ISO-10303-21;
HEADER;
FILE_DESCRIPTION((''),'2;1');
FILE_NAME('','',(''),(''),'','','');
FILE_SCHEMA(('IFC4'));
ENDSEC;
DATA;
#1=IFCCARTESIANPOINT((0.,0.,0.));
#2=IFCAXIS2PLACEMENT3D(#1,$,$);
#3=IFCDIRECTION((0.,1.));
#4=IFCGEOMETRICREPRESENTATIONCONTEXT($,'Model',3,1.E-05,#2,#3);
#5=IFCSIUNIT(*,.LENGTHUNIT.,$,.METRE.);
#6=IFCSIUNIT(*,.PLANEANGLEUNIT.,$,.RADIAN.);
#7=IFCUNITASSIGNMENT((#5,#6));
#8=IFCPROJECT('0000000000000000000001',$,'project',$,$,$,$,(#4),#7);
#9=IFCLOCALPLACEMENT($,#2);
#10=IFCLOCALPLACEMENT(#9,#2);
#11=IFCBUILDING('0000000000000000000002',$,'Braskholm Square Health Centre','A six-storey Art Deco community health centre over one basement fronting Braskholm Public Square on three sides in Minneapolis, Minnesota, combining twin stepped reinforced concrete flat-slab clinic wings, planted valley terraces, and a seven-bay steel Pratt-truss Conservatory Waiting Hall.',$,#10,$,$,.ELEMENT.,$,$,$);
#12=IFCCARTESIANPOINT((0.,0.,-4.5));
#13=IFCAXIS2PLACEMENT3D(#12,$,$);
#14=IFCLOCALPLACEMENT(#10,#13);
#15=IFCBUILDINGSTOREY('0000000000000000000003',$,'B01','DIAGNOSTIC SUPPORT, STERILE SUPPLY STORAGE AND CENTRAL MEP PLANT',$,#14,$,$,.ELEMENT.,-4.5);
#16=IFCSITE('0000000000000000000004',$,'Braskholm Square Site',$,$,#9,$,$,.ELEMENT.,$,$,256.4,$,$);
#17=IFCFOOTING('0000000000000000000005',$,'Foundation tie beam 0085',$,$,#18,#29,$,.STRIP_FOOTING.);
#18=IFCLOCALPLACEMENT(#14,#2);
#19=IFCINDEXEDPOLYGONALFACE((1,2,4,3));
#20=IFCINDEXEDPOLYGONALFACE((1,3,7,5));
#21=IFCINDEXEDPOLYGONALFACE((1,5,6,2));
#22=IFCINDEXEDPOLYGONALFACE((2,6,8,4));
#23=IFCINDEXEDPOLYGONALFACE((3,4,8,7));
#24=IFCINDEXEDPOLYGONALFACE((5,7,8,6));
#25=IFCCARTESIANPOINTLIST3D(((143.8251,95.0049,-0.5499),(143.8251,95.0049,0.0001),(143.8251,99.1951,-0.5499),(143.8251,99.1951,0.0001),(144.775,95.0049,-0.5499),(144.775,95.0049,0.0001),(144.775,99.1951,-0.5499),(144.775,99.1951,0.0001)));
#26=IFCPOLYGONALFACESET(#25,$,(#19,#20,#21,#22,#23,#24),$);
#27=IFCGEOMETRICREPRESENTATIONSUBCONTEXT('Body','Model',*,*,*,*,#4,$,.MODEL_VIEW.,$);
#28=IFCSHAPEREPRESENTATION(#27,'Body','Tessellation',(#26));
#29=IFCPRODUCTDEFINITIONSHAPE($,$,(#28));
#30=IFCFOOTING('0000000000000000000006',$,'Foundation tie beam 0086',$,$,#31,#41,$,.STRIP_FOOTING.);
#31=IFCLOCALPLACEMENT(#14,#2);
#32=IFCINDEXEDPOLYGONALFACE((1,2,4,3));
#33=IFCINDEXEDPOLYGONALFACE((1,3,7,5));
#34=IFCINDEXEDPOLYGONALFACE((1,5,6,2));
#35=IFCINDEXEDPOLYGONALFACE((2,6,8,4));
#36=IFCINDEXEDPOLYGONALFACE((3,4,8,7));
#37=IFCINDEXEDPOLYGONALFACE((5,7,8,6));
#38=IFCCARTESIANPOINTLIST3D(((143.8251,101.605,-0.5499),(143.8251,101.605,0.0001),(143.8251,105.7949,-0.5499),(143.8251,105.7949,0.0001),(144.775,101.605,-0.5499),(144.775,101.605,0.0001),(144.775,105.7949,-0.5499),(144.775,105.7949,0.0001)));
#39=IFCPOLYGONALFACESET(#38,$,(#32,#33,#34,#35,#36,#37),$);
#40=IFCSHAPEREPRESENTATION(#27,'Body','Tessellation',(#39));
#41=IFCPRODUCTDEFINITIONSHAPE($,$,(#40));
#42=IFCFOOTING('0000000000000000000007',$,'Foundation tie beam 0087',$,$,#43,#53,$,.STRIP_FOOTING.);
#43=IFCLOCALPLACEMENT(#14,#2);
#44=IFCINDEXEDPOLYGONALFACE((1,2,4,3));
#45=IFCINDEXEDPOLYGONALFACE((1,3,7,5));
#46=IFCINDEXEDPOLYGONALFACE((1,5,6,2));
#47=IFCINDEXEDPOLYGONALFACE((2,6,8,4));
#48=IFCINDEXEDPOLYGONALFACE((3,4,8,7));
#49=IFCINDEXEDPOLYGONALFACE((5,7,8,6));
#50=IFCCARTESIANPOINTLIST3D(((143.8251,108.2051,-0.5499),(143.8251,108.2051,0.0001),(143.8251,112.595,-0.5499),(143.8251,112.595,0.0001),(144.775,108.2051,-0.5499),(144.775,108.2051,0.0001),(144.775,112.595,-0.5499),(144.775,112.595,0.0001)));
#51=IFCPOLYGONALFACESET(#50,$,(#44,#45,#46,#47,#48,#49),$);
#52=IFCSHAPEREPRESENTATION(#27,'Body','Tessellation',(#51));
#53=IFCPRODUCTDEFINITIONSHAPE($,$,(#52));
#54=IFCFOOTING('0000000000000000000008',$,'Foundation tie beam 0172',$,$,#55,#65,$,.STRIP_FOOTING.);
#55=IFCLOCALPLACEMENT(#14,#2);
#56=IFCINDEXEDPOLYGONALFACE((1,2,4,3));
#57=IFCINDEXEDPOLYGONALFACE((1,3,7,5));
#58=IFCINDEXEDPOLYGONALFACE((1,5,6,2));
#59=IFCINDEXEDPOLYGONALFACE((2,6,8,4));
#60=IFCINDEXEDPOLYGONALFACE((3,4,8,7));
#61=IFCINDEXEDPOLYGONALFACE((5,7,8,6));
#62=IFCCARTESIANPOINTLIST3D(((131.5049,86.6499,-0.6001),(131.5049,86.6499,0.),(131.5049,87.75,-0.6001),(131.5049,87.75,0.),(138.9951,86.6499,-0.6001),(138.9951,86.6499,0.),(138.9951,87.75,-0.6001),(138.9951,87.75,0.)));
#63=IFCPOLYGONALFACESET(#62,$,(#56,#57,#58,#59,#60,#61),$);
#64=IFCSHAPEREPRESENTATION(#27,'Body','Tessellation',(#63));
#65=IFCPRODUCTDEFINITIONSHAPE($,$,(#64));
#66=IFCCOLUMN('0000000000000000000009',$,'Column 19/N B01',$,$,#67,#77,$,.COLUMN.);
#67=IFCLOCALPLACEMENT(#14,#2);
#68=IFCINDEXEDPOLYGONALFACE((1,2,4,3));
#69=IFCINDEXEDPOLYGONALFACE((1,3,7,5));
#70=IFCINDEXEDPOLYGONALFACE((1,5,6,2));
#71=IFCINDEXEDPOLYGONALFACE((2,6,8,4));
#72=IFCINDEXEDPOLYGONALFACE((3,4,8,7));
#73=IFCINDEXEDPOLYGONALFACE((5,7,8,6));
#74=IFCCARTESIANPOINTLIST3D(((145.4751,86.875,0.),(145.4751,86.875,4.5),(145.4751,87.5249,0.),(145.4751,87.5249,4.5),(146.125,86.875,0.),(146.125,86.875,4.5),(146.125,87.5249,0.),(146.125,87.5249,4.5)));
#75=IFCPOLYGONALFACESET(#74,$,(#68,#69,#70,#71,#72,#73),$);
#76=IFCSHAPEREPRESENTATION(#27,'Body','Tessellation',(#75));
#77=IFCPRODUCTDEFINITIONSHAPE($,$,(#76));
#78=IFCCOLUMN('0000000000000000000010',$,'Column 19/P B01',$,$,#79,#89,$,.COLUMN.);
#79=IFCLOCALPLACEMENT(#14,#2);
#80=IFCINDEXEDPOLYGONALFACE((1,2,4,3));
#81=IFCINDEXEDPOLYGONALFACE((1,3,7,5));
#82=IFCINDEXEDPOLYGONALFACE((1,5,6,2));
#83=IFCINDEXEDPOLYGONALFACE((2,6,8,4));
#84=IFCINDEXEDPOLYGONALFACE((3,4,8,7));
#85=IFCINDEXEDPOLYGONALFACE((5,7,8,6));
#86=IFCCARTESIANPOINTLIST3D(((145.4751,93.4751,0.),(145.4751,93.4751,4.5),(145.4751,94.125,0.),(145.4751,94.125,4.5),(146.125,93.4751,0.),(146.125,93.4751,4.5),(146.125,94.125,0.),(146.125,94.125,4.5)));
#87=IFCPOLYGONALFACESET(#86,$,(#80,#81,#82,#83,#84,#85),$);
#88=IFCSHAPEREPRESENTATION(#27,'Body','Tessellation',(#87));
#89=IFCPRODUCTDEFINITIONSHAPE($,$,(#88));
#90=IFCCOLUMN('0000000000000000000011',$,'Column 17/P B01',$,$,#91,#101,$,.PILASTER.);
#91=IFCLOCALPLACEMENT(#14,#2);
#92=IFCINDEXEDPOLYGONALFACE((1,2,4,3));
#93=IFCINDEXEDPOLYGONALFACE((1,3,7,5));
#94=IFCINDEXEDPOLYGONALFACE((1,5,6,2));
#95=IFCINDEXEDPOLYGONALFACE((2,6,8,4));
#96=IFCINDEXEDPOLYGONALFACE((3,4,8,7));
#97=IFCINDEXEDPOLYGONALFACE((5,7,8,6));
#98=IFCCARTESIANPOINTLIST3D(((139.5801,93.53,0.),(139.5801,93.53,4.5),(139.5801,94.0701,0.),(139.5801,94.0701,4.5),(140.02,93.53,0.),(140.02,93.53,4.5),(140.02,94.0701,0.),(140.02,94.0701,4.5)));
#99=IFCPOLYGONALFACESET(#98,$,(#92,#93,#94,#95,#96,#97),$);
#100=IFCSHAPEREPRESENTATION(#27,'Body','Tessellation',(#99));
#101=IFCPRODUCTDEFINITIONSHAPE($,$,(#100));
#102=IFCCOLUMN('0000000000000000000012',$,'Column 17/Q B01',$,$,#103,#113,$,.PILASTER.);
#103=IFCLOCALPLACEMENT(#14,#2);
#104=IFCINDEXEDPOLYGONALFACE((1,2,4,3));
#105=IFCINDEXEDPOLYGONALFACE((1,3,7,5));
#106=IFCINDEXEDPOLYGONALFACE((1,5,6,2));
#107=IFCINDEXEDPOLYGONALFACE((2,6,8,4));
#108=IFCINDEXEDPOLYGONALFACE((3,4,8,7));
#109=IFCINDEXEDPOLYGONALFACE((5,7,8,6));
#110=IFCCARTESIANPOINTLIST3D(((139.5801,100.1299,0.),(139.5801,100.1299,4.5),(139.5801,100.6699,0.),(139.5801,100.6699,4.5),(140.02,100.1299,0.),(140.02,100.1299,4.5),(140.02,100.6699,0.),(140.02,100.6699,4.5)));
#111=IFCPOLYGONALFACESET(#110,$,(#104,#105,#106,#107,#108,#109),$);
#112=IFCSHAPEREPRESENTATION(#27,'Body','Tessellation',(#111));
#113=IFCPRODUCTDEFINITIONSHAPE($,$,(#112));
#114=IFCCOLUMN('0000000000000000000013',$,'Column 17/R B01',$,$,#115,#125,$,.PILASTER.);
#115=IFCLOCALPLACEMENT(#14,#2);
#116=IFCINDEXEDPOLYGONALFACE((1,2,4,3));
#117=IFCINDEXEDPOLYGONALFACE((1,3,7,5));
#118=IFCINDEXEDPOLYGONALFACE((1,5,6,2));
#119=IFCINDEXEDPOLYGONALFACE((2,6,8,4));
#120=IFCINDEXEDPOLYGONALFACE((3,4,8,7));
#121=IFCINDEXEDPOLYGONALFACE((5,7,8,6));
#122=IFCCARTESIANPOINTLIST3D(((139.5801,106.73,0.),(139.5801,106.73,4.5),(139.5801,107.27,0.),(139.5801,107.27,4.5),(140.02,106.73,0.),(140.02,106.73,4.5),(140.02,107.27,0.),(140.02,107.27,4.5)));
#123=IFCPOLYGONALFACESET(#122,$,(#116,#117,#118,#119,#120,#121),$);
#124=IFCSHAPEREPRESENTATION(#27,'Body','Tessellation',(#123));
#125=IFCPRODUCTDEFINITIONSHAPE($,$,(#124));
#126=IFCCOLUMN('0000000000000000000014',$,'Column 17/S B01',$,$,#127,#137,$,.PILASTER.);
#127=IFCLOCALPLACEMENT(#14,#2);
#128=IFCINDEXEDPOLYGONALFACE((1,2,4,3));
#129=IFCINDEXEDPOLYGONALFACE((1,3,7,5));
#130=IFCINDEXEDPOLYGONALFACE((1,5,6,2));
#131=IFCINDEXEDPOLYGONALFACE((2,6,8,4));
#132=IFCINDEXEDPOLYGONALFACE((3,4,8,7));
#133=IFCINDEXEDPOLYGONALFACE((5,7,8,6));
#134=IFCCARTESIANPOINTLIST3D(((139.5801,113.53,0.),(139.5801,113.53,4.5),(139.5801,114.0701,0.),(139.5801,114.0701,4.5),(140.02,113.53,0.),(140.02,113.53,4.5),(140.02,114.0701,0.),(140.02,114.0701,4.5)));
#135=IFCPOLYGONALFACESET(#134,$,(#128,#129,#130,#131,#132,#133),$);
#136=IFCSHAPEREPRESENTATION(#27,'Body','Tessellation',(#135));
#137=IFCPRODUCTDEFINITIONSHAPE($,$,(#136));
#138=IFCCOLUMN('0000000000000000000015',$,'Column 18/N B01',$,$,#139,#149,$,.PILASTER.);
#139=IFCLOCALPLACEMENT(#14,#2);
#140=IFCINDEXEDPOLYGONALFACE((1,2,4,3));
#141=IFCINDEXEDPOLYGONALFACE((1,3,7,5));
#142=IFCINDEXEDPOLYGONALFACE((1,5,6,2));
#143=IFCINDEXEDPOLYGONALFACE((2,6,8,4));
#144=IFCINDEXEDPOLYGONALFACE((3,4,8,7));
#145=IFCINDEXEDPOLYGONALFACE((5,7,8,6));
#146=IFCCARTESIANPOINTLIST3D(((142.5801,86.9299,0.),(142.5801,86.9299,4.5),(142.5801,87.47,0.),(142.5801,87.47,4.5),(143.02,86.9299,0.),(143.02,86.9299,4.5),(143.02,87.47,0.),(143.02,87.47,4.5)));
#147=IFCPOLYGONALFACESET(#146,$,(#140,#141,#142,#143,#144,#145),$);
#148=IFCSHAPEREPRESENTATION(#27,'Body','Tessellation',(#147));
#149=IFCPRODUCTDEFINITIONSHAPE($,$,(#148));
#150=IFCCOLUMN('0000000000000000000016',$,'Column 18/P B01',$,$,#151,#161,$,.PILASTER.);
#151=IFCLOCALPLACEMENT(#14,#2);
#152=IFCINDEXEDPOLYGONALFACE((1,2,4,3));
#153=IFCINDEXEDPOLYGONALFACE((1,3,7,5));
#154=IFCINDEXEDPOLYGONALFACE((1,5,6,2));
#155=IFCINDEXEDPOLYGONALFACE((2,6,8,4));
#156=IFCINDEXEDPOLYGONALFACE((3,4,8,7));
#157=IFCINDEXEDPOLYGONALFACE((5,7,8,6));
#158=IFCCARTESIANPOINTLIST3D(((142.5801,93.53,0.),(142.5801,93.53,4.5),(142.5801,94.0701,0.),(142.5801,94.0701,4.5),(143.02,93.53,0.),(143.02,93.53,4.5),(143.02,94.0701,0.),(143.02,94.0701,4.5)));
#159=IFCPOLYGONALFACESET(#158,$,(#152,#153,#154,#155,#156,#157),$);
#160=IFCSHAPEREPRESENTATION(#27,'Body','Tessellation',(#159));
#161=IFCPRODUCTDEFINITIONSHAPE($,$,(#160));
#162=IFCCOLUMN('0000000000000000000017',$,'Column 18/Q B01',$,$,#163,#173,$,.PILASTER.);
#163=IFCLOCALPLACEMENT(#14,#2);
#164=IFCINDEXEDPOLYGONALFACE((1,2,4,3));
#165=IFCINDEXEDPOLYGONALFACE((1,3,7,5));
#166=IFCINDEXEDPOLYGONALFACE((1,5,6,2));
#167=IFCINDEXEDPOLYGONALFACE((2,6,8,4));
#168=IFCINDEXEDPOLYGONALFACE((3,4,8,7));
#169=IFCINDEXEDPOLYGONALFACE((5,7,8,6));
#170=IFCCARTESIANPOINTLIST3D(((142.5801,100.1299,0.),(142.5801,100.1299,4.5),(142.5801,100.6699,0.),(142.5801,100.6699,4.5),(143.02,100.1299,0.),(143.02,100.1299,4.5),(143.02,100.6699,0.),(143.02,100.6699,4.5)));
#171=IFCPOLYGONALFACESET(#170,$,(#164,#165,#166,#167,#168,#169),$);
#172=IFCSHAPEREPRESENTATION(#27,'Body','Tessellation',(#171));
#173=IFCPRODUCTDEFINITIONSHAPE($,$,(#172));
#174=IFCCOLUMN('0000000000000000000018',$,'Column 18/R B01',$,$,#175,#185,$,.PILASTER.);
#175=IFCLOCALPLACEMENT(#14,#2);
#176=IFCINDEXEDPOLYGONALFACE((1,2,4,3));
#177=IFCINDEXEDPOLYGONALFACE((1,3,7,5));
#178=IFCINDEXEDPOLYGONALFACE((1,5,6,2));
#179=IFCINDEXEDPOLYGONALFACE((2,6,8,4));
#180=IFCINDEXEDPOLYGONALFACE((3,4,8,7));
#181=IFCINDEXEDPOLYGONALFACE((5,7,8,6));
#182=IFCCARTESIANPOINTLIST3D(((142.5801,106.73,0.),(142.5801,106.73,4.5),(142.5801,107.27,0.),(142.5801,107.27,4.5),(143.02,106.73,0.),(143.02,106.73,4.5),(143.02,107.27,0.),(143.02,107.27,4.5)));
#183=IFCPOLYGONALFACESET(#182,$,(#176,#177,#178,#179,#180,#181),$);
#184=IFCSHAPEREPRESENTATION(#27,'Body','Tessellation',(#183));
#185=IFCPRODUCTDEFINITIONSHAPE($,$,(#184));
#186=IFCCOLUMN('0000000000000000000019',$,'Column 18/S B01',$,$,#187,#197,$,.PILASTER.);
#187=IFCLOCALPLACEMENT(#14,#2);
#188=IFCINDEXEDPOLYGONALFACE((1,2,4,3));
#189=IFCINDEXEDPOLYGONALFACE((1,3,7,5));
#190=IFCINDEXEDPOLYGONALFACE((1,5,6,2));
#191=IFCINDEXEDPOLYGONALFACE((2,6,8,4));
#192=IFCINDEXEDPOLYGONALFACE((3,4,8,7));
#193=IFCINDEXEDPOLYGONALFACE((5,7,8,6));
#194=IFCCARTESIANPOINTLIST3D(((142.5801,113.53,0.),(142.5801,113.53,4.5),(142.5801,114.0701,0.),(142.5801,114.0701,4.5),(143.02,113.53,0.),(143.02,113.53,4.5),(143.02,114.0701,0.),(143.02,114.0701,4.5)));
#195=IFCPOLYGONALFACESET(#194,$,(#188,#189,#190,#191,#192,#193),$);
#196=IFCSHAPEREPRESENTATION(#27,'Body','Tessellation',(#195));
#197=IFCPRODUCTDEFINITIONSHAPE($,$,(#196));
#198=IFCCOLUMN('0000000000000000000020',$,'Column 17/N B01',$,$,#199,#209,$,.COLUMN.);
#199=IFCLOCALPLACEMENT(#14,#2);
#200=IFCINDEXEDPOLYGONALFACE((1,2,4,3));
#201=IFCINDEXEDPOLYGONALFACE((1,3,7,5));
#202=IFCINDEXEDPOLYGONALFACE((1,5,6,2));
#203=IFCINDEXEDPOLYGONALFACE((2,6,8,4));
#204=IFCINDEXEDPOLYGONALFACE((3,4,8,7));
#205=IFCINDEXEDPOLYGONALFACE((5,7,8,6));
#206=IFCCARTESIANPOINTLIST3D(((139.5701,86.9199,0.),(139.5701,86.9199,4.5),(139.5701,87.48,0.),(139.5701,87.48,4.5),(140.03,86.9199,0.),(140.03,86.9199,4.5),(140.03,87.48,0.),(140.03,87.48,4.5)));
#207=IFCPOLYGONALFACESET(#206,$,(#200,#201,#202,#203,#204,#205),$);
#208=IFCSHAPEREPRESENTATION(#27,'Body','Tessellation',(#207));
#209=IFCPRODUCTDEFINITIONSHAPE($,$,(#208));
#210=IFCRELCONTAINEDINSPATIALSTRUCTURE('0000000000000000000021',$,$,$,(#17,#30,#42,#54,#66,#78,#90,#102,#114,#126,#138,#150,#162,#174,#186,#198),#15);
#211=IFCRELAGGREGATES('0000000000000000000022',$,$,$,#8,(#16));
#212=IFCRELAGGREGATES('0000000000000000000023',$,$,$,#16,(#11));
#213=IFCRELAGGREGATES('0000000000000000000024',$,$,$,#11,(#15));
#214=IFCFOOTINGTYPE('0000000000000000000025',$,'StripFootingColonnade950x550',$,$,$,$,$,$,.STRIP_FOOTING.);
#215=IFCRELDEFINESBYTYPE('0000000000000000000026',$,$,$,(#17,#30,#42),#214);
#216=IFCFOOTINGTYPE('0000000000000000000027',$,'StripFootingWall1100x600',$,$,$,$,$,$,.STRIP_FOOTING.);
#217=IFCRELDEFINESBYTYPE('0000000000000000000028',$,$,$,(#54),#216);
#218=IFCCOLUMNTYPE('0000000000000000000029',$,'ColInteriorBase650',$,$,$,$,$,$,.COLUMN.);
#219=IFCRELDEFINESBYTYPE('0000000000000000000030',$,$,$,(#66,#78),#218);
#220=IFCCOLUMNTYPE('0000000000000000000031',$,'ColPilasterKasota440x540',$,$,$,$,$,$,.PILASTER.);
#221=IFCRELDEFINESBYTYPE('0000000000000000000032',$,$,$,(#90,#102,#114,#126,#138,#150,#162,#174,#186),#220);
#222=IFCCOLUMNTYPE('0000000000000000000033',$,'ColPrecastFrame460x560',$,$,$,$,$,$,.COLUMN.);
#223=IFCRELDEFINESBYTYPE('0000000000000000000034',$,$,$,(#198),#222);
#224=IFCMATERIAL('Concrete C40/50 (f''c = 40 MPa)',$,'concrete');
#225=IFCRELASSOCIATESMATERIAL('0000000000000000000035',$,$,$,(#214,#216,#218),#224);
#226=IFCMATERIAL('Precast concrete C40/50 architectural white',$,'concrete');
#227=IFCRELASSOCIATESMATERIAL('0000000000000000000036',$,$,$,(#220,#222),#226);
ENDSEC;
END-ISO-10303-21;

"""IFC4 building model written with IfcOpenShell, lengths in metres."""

from ifc_helpers import new_model, si_unit, direction, frame, origin, origin_2d, place, context, subcontext, project, spatial, rectangle, extrude, material, material_profile, profile_set, type_object, element, save


model = new_model("IFC4")

# Units and contexts
model_context = context("Model", 3, precision=1e-05, world=origin(), true_north=direction((0.0, 1.0)))
body_context = subcontext(model_context, "Body", "Model", "MODEL_VIEW")
ifc_project = project(units=[si_unit("LENGTHUNIT", "METRE"), si_unit("PLANEANGLEUNIT", "RADIAN")], contexts=[model_context])

# Site, building, storey
site_placement = place(None, origin())
site = spatial("IfcSite", under=ifc_project, at=site_placement, Name="Braskholm Square Site", CompositionType="ELEMENT", RefElevation=256.4)
building_placement = place(site_placement, origin())
building = spatial("IfcBuilding", under=site, at=building_placement, Name="Braskholm Square Health Centre", Description="A six-storey Art Deco community health centre over one basement fronting Braskholm Public Square on three sides in Minneapolis, Minnesota, combining twin stepped reinforced concrete flat-slab clinic wings, planted valley terraces, and a seven-bay steel Pratt-truss Conservatory Waiting Hall.", CompositionType="ELEMENT")
storey_placement = place(building_placement, frame((0.0, 0.0, -4.5)))
storey = spatial("IfcBuildingStorey", under=building, at=storey_placement, Name="B01", Description="DIAGNOSTIC SUPPORT, STERILE SUPPLY STORAGE AND CENTRAL MEP PLANT", CompositionType="ELEMENT", Elevation=-4.5)

# Shared definitions
ifc_material_1 = material(Name="Concrete C40/50 (f'c = 40 MPa)", Category="concrete")

# Footings
ifc_material_profile_1 = material_profile(ifc_material_1, rectangle(XDim=0.95, YDim=0.55, at=origin_2d()), Name="FTG-950X550")
ifc_profile_set_1 = profile_set([ifc_material_profile_1], Name="Concrete C40/50 (f'c = 40 MPa)")
footing_type_1 = type_object("IfcFootingType", Name="StripFootingColonnade950x550", PredefinedType="STRIP_FOOTING", material=ifc_profile_set_1)
footing_1_placement = place(storey_placement, frame((144.3, 95.0049, -0.2749), z_axis=(0.0, 1.0, 0.0), x_axis=(-1.0, 0.0, 0.0)))
element("IfcFooting", 1, at=footing_1_placement, inside=storey, type_object=footing_type_1, Name="Foundation tie beam 0085", PredefinedType="STRIP_FOOTING", context=body_context, shape_type="SweptSolid", body=[
    extrude(rectangle(XDim=0.95, YDim=0.55, at=origin_2d()), origin(), (0.0, 0.0, 1.0), 4.1902),
])
footing_2_placement = place(storey_placement, frame((144.3, 101.605, -0.2749), z_axis=(0.0, 1.0, 0.0), x_axis=(-1.0, 0.0, 0.0)))
element("IfcFooting", 2, at=footing_2_placement, inside=storey, type_object=footing_type_1, Name="Foundation tie beam 0086", PredefinedType="STRIP_FOOTING", context=body_context, shape_type="SweptSolid", body=[
    extrude(rectangle(XDim=0.95, YDim=0.55, at=origin_2d()), origin(), (0.0, 0.0, 1.0), 4.1899),
])
footing_3_placement = place(storey_placement, frame((144.3, 108.2051, -0.2749), z_axis=(0.0, 1.0, 0.0), x_axis=(-1.0, 0.0, 0.0)))
element("IfcFooting", 3, at=footing_3_placement, inside=storey, type_object=footing_type_1, Name="Foundation tie beam 0087", PredefinedType="STRIP_FOOTING", context=body_context, shape_type="SweptSolid", body=[
    extrude(rectangle(XDim=0.95, YDim=0.55, at=origin_2d()), origin(), (0.0, 0.0, 1.0), 4.3899),
])
ifc_material_profile_2 = material_profile(ifc_material_1, rectangle(XDim=1.1001, YDim=0.6001, at=origin_2d()), Name="FTG-1100X600")
ifc_profile_set_2 = profile_set([ifc_material_profile_2], Name="Concrete C40/50 (f'c = 40 MPa)")
footing_type_2 = type_object("IfcFootingType", Name="StripFootingWall1100x600", PredefinedType="STRIP_FOOTING", material=ifc_profile_set_2)
footing_4_placement = place(storey_placement, frame((131.5049, 87.2, -0.3), z_axis=(1.0, 0.0, 0.0), x_axis=(0.0, 1.0, 0.0)))
element("IfcFooting", 4, at=footing_4_placement, inside=storey, type_object=footing_type_2, Name="Foundation tie beam 0172", PredefinedType="STRIP_FOOTING", context=body_context, shape_type="SweptSolid", body=[
    extrude(rectangle(XDim=1.1001, YDim=0.6001, at=origin_2d()), origin(), (0.0, 0.0, 1.0), 7.4902),
])

# Columns
ifc_material_profile_3 = material_profile(ifc_material_1, rectangle(XDim=0.6499, YDim=0.6499, at=origin_2d()), Name="RC-650X650")
ifc_profile_set_3 = profile_set([ifc_material_profile_3], Name="Concrete C40/50 (f'c = 40 MPa)")
column_type_1 = type_object("IfcColumnType", Name="ColInteriorBase650", PredefinedType="COLUMN", material=ifc_profile_set_3)
for number, where, z_axis, x_axis, name in (
    (5, (145.8, 87.2, 0.0), (0.0, 0.0, 1.0), (1.0, 0.0, 0.0), "Column 19/N B01"),
    (6, (145.8, 93.8, 0.0), (0.0, 0.0, 1.0), (1.0, 0.0, 0.0), "Column 19/P B01"),
):
    element("IfcColumn", number, at=place(storey_placement, frame(where, z_axis=z_axis, x_axis=x_axis)), inside=storey, type_object=column_type_1, Name=name, PredefinedType="COLUMN", context=body_context, shape_type="SweptSolid", body=[
        extrude(rectangle(XDim=0.6499, YDim=0.6499, at=origin_2d()), origin(), (0.0, 0.0, 1.0), 4.5),
    ])
ifc_material_2 = material(Name="Precast concrete C40/50 architectural white", Category="concrete")
ifc_material_profile_4 = material_profile(ifc_material_2, rectangle(XDim=0.4399, YDim=0.54, at=origin_2d()), Name="RC-440X540")
ifc_profile_set_4 = profile_set([ifc_material_profile_4], Name="Precast concrete C40/50 architectural white")
column_type_2 = type_object("IfcColumnType", Name="ColPilasterKasota440x540", PredefinedType="PILASTER", material=ifc_profile_set_4)
for number, where, z_axis, x_axis, name in (
    (7, (139.8, 93.8, 0.0), (0.0, 0.0, 1.0), (1.0, 0.0, 0.0), "Column 17/P B01"),
    (8, (139.8, 100.3999, 0.0), (0.0, 0.0, 1.0), (1.0, 0.0, 0.0), "Column 17/Q B01"),
    (9, (139.8, 107.0, 0.0), (0.0, 0.0, 1.0), (1.0, 0.0, 0.0), "Column 17/R B01"),
    (10, (139.8, 113.8, 0.0), (0.0, 0.0, 1.0), (1.0, 0.0, 0.0), "Column 17/S B01"),
    (11, (142.8, 87.2, 0.0), (0.0, 0.0, 1.0), (1.0, 0.0, 0.0), "Column 18/N B01"),
    (12, (142.8, 93.8, 0.0), (0.0, 0.0, 1.0), (1.0, 0.0, 0.0), "Column 18/P B01"),
    (13, (142.8, 100.3999, 0.0), (0.0, 0.0, 1.0), (1.0, 0.0, 0.0), "Column 18/Q B01"),
    (14, (142.8, 107.0, 0.0), (0.0, 0.0, 1.0), (1.0, 0.0, 0.0), "Column 18/R B01"),
    (15, (142.8, 113.8, 0.0), (0.0, 0.0, 1.0), (1.0, 0.0, 0.0), "Column 18/S B01"),
):
    element("IfcColumn", number, at=place(storey_placement, frame(where, z_axis=z_axis, x_axis=x_axis)), inside=storey, type_object=column_type_2, Name=name, PredefinedType="PILASTER", context=body_context, shape_type="SweptSolid", body=[
        extrude(rectangle(XDim=0.4399, YDim=0.54, at=origin_2d()), origin(), (0.0, 0.0, 1.0), 4.5),
    ])
ifc_material_profile_5 = material_profile(ifc_material_2, rectangle(XDim=0.46, YDim=0.5601, at=origin_2d()), Name="RC-460X560")
ifc_profile_set_5 = profile_set([ifc_material_profile_5], Name="Precast concrete C40/50 architectural white")
column_type_3 = type_object("IfcColumnType", Name="ColPrecastFrame460x560", PredefinedType="COLUMN", material=ifc_profile_set_5)
column_placement = place(storey_placement, frame((139.8, 87.2, 0.0), z_axis=(0.0, 0.0, 1.0), x_axis=(1.0, 0.0, 0.0)))
element("IfcColumn", 16, at=column_placement, inside=storey, type_object=column_type_3, Name="Column 17/N B01", PredefinedType="COLUMN", context=body_context, shape_type="SweptSolid", body=[
    extrude(rectangle(XDim=0.46, YDim=0.5601, at=origin_2d()), origin(), (0.0, 0.0, 1.0), 4.5),
])

save(model, "model.ifc")
